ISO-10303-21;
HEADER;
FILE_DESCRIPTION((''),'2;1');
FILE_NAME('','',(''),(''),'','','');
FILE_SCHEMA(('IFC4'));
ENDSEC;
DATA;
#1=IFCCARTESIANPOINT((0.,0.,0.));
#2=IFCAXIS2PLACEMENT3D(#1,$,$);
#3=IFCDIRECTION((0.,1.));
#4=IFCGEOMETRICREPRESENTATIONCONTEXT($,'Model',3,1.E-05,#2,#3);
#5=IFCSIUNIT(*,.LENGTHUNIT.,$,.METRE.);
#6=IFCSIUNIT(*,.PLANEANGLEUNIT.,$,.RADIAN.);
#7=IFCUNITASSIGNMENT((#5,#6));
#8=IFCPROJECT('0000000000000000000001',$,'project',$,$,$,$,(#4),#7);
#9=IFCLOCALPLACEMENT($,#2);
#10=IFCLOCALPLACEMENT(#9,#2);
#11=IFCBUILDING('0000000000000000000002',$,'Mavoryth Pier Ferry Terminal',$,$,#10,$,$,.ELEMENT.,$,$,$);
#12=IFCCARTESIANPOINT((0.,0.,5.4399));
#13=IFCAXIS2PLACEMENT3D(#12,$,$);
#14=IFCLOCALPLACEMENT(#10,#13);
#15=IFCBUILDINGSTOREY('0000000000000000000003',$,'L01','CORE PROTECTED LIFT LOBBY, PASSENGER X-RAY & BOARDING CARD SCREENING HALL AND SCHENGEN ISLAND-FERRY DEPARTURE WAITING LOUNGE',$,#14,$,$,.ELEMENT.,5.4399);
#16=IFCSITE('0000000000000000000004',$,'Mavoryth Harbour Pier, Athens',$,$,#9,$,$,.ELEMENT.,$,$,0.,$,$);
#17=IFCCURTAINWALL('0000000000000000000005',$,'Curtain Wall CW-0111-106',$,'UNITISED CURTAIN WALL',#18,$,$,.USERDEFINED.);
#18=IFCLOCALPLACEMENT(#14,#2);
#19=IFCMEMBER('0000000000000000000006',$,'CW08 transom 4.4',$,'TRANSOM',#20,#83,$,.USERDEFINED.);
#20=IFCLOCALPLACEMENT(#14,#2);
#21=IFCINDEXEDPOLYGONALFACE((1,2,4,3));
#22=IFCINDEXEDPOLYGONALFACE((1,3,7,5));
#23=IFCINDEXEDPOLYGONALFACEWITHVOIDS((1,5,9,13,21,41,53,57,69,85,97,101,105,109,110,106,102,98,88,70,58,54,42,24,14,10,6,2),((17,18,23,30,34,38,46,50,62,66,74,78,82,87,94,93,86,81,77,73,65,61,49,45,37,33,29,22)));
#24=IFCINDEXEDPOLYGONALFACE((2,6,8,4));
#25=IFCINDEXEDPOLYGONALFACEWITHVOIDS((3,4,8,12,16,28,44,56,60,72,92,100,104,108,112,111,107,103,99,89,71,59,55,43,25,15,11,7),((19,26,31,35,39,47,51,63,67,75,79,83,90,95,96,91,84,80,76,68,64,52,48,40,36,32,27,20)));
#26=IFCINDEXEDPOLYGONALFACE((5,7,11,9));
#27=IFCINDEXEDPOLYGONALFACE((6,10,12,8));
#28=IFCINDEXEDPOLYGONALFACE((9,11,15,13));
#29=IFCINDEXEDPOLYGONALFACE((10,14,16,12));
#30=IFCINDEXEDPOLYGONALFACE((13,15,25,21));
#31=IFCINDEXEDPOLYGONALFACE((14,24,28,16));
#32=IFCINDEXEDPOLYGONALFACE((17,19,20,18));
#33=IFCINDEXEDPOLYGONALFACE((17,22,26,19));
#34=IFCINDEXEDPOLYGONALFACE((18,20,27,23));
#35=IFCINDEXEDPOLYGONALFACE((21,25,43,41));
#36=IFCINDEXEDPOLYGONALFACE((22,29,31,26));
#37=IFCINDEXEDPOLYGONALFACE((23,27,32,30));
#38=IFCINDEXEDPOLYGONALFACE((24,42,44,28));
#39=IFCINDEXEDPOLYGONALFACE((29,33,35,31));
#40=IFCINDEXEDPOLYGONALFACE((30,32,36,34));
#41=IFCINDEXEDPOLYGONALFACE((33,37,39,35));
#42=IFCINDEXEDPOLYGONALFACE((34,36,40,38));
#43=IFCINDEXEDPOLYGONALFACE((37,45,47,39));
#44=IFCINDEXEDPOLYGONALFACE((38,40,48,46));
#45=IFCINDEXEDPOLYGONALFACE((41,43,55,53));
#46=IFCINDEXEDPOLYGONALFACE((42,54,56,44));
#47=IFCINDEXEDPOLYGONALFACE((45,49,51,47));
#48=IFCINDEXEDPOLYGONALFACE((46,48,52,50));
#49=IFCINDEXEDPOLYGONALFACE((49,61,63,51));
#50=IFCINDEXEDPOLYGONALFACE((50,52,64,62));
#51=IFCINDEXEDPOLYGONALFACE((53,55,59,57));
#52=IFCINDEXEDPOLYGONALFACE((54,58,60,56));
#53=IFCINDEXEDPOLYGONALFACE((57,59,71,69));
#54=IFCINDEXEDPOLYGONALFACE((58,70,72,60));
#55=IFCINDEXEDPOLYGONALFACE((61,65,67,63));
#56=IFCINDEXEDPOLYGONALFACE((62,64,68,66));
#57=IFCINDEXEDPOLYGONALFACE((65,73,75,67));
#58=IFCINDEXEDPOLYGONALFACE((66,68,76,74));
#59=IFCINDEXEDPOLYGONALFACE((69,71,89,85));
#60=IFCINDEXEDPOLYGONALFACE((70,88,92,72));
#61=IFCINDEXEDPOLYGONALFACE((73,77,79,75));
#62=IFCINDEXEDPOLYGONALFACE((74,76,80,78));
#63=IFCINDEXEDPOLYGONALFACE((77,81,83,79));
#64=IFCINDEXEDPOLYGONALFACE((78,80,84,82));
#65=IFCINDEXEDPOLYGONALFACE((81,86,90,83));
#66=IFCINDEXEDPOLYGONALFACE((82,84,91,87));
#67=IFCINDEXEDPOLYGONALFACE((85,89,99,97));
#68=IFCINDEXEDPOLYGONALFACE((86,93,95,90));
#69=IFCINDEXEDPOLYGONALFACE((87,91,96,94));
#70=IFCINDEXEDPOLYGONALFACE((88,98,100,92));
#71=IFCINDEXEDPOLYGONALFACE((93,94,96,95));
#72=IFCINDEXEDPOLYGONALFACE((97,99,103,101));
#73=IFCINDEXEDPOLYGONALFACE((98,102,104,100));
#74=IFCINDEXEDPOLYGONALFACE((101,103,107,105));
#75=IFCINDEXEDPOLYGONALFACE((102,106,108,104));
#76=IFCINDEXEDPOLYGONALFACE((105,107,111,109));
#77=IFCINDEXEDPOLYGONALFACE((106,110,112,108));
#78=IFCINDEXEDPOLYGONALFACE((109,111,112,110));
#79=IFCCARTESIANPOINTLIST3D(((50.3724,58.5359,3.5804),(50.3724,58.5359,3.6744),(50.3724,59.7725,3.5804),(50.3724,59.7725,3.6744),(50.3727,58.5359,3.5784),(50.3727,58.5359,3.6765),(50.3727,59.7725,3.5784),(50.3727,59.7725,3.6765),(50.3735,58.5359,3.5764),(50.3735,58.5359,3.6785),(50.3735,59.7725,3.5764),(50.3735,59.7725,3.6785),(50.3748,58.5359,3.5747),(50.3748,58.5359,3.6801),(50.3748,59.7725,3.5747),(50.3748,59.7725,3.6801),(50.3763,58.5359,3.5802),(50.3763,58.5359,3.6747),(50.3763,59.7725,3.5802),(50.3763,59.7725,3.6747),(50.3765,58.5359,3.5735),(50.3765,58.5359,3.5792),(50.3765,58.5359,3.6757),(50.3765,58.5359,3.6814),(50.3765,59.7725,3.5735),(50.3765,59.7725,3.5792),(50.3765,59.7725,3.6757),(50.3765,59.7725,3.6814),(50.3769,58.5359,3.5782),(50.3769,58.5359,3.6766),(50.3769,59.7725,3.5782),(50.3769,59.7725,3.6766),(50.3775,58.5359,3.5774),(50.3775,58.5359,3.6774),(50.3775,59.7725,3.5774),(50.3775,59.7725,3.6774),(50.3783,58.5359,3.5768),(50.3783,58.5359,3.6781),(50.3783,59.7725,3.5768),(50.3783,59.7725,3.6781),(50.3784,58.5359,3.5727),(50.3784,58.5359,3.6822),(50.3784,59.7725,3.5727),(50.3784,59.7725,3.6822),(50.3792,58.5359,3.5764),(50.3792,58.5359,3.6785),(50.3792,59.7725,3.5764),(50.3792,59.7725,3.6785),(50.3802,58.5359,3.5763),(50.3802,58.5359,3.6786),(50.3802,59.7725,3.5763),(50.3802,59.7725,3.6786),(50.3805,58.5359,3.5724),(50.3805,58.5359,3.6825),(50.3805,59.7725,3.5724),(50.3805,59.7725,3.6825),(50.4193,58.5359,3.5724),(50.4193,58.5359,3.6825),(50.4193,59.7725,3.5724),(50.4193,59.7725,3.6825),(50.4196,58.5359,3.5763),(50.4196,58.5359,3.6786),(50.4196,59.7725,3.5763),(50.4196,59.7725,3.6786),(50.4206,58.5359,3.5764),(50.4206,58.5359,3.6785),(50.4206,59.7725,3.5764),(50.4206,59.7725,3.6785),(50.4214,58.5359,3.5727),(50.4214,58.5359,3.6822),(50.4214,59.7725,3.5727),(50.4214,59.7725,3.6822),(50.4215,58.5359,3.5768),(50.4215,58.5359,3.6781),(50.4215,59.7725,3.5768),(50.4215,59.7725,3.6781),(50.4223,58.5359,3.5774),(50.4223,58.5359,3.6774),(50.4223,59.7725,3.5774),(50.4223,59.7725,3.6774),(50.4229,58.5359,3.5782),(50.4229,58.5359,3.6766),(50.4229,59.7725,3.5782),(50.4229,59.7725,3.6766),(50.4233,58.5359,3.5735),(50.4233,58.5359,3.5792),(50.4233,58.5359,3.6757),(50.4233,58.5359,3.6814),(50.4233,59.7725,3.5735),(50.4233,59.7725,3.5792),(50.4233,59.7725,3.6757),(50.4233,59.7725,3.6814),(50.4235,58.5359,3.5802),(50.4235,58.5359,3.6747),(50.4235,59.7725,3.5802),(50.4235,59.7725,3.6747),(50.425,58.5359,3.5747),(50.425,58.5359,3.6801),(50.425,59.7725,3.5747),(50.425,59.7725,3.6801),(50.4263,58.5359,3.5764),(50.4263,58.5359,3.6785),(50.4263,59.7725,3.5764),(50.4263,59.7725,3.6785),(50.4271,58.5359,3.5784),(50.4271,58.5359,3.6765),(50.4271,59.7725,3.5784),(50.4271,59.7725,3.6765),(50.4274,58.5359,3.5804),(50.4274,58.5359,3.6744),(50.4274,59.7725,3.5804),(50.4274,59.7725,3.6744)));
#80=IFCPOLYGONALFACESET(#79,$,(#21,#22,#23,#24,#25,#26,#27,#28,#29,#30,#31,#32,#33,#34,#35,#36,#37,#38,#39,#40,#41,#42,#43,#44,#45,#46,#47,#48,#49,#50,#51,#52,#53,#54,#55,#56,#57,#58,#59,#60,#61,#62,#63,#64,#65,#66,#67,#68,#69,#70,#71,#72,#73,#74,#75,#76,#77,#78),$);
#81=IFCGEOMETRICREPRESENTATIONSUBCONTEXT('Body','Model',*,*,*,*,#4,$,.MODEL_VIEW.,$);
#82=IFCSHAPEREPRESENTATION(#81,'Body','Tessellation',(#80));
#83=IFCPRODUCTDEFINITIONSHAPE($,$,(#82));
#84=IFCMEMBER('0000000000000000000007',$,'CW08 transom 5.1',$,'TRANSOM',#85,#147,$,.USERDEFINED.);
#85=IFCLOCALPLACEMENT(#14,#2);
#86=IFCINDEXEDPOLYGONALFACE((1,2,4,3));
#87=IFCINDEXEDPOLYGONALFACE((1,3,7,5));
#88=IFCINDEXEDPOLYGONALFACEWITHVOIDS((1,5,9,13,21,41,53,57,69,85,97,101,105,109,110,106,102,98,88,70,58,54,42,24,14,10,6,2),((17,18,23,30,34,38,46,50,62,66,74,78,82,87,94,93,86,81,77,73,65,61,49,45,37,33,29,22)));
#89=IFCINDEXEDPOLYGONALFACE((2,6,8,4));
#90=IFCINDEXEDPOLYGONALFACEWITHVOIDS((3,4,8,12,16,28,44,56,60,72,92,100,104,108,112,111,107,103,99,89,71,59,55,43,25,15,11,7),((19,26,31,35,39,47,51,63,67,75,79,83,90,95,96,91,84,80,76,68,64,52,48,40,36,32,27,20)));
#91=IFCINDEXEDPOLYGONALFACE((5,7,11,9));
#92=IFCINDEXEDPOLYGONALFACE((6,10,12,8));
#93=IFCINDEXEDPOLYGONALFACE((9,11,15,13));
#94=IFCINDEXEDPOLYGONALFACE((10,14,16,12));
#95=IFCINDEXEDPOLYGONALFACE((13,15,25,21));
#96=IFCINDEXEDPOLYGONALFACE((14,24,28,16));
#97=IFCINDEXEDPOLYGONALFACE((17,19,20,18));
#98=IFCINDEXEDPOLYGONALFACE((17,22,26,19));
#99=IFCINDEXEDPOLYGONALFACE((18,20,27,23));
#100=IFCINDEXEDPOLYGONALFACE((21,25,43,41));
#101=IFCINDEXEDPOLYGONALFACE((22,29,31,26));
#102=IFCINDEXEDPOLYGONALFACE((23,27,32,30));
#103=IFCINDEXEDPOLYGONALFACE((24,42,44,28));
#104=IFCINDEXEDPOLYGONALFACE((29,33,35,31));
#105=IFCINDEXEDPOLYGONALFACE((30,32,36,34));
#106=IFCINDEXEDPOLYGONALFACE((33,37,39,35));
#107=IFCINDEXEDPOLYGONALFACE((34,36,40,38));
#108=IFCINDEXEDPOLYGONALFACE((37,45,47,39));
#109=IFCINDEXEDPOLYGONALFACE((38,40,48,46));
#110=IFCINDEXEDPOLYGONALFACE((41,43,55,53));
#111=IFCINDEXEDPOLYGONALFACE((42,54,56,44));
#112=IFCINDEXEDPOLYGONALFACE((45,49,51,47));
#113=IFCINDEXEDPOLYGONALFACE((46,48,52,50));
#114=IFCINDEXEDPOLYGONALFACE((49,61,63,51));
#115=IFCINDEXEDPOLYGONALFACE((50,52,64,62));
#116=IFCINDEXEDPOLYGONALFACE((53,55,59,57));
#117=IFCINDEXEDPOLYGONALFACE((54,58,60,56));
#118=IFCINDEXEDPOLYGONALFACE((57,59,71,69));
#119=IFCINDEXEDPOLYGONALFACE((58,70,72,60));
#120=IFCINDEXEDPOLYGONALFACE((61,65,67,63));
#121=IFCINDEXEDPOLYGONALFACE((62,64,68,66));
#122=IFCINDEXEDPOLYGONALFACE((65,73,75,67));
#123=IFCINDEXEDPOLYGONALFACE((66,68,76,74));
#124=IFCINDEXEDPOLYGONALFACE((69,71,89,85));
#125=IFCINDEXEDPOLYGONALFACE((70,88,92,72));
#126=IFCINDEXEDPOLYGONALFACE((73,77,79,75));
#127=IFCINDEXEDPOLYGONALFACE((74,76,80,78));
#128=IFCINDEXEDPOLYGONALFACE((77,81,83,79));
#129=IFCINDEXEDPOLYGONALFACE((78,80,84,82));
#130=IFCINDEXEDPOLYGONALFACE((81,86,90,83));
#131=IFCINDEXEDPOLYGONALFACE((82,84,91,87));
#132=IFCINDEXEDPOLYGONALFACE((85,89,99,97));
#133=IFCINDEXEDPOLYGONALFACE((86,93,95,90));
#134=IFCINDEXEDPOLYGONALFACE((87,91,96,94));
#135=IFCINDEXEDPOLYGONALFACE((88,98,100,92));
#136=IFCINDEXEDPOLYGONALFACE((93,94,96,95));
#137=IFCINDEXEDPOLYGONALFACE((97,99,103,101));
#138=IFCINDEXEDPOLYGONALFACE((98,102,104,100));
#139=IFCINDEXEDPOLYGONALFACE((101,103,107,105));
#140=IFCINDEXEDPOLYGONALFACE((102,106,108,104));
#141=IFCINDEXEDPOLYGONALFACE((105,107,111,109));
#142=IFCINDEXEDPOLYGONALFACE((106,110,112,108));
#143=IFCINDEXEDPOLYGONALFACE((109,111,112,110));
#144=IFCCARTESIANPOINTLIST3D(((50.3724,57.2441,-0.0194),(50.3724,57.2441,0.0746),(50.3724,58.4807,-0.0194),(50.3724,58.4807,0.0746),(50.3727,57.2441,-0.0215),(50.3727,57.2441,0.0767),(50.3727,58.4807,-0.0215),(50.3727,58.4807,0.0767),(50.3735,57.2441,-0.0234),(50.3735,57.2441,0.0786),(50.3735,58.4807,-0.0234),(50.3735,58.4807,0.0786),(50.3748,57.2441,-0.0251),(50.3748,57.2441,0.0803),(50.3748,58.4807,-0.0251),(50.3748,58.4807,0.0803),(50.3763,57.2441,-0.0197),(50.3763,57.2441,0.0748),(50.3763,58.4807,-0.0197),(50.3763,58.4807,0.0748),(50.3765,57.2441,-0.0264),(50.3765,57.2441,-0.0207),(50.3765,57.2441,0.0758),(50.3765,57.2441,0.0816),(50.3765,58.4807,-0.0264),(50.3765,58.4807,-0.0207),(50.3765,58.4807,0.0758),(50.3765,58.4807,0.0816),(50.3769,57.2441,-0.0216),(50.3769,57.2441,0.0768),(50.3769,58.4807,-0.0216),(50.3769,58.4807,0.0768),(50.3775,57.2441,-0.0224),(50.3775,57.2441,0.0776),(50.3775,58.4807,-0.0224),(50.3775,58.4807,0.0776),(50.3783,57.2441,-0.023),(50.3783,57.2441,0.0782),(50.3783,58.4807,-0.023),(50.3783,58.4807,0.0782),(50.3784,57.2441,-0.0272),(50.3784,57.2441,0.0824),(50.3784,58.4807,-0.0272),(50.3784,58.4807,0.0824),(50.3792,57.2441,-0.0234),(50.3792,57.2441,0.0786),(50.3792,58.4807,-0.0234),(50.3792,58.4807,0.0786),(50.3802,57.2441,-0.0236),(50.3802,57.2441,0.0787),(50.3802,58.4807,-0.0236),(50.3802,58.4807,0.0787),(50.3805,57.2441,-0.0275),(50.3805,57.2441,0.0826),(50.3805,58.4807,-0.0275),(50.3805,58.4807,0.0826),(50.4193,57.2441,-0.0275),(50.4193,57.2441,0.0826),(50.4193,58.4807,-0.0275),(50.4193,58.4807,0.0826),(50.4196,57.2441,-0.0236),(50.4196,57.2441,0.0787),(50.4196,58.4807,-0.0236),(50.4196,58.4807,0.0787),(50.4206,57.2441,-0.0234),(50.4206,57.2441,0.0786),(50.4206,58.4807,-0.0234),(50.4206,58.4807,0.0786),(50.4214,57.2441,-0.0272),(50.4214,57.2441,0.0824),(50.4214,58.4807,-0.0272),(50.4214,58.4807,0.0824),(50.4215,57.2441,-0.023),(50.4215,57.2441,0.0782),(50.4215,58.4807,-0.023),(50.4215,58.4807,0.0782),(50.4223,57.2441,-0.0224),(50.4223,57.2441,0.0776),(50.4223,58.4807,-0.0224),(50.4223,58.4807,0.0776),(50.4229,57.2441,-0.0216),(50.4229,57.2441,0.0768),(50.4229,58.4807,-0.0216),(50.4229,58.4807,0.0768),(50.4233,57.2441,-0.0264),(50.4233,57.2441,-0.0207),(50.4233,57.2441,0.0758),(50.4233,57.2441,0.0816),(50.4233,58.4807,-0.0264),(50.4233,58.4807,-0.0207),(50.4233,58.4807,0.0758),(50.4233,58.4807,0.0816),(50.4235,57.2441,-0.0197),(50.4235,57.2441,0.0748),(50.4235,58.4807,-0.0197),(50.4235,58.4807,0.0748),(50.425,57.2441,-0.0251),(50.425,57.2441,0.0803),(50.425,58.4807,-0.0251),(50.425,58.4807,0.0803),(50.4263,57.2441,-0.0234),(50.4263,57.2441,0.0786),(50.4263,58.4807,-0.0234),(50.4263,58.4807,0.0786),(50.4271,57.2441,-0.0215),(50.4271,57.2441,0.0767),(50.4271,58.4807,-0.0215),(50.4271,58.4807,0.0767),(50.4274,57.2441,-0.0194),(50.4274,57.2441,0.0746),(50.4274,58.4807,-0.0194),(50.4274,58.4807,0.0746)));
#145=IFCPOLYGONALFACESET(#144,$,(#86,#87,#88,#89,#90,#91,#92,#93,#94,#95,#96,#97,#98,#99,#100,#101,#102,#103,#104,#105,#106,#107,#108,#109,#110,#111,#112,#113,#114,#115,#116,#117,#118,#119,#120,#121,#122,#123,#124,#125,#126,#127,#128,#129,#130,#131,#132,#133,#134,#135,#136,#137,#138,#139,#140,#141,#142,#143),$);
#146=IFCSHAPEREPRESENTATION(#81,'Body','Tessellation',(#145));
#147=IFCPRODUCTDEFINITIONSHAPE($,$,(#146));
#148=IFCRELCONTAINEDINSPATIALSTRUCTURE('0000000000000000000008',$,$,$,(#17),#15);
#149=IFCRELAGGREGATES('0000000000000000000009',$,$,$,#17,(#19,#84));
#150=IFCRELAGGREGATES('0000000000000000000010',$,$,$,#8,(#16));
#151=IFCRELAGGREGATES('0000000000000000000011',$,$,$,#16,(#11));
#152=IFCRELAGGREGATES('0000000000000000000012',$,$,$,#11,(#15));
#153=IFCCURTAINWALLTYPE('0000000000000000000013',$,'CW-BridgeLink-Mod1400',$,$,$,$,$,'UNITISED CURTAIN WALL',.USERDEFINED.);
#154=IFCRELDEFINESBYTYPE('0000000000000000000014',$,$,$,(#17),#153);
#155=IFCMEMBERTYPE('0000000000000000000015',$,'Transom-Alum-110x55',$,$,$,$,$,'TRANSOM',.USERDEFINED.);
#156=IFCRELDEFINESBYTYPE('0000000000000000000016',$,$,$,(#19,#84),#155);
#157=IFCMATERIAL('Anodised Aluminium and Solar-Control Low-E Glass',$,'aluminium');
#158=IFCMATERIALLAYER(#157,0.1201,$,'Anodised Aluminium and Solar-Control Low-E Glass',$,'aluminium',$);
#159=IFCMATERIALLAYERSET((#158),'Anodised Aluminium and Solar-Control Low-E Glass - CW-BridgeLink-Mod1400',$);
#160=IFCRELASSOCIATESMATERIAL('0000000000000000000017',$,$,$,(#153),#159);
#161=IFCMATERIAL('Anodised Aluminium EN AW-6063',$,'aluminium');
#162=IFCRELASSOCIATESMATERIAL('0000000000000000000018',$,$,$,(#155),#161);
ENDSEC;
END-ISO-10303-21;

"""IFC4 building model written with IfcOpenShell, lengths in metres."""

from ifc_helpers import new_model, si_unit, direction, frame, origin, origin_2d, place, context, subcontext, project, spatial, hollow_rectangle, extrude, material, layer, layer_set, material_profile, profile_set, type_object, element, aggregate, save


model = new_model("IFC4")

# Units and contexts
model_context = context("Model", 3, precision=1e-05, world=origin(), true_north=direction((0.0, 1.0)))
body_context = subcontext(model_context, "Body", "Model", "MODEL_VIEW")
ifc_project = project(units=[si_unit("LENGTHUNIT", "METRE"), si_unit("PLANEANGLEUNIT", "RADIAN")], contexts=[model_context])

# Site, building, storey
site_placement = place(None, origin())
site = spatial("IfcSite", under=ifc_project, at=site_placement, Name="Mavoryth Harbour Pier, Athens", CompositionType="ELEMENT", RefElevation=0.0)
building_placement = place(site_placement, origin())
building = spatial("IfcBuilding", under=site, at=building_placement, Name="Mavoryth Pier Ferry Terminal", CompositionType="ELEMENT")
storey_placement = place(building_placement, frame((0.0, 0.0, 5.4399)))
storey = spatial("IfcBuildingStorey", under=building, at=storey_placement, Name="L01", Description="CORE PROTECTED LIFT LOBBY, PASSENGER X-RAY & BOARDING CARD SCREENING HALL AND SCHENGEN ISLAND-FERRY DEPARTURE WAITING LOUNGE", CompositionType="ELEMENT", Elevation=5.4399)

# Shared definitions
ifc_material_1 = material(Name="Anodised Aluminium and Solar-Control Low-E Glass", Category="aluminium")
ifc_layer_1 = layer(ifc_material_1, 0.1201, Name="Anodised Aluminium and Solar-Control Low-E Glass", Category="aluminium")
ifc_layer_set_1 = layer_set([ifc_layer_1], Name="Anodised Aluminium and Solar-Control Low-E Glass - CW-BridgeLink-Mod1400")
curtain_wall_type = type_object("IfcCurtainWallType", Name="CW-BridgeLink-Mod1400", ElementType="UNITISED CURTAIN WALL", PredefinedType="USERDEFINED", material=ifc_layer_set_1)
ifc_material_2 = material(Name="Anodised Aluminium EN AW-6063", Category="aluminium")

# Curtain wall
curtain_wall_1_placement = place(storey_placement, origin())
curtain_wall_1 = element("IfcCurtainWall", 1, at=curtain_wall_1_placement, inside=storey, type_object=curtain_wall_type, Name="Curtain Wall CW-0111-106", ObjectType="UNITISED CURTAIN WALL", PredefinedType="USERDEFINED")

# Members
ifc_material_profile_1 = material_profile(ifc_material_2, hollow_rectangle(XDim=0.0549, YDim=0.1101, WallThickness=0.0039, InnerFilletRadius=0.0039, OuterFilletRadius=0.0081, at=origin_2d()), Name="AL-TRAN 110x55x4", Category="aluminium")
ifc_profile_set_1 = profile_set([ifc_material_profile_1], Name="Anodised Aluminium EN AW-6063 - AL-TRAN 110x55x4")
member_type_1 = type_object("IfcMemberType", Name="Transom-Alum-110x55", ElementType="TRANSOM", PredefinedType="USERDEFINED", material=ifc_profile_set_1)
member_1_placement = place(storey_placement, frame((50.3999, 59.7725, 3.6274), z_axis=(0.0, -1.0, 0.0), x_axis=(1.0, 0.0, 0.0)))
member_1 = element("IfcMember", 2, at=member_1_placement, type_object=member_type_1, Name="CW08 transom 4.4", ObjectType="TRANSOM", PredefinedType="USERDEFINED", context=body_context, shape_type="SweptSolid", body=[
    extrude(hollow_rectangle(XDim=0.0549, YDim=0.1101, WallThickness=0.0039, InnerFilletRadius=0.0039, OuterFilletRadius=0.0081, at=origin_2d()), origin(), (0.0, 0.0, 1.0), 1.2366),
])
member_2_placement = place(storey_placement, frame((50.3999, 58.4807, 0.0276), z_axis=(0.0, -1.0, 0.0), x_axis=(1.0, 0.0, 0.0)))
member_2 = element("IfcMember", 3, at=member_2_placement, type_object=member_type_1, Name="CW08 transom 5.1", ObjectType="TRANSOM", PredefinedType="USERDEFINED", context=body_context, shape_type="SweptSolid", body=[
    extrude(hollow_rectangle(XDim=0.0549, YDim=0.1101, WallThickness=0.0039, InnerFilletRadius=0.0039, OuterFilletRadius=0.0081, at=origin_2d()), origin(), (0.0, 0.0, 1.0), 1.2366),
])

aggregate(curtain_wall_1, [member_1, member_2])

save(model, "model.ifc")
